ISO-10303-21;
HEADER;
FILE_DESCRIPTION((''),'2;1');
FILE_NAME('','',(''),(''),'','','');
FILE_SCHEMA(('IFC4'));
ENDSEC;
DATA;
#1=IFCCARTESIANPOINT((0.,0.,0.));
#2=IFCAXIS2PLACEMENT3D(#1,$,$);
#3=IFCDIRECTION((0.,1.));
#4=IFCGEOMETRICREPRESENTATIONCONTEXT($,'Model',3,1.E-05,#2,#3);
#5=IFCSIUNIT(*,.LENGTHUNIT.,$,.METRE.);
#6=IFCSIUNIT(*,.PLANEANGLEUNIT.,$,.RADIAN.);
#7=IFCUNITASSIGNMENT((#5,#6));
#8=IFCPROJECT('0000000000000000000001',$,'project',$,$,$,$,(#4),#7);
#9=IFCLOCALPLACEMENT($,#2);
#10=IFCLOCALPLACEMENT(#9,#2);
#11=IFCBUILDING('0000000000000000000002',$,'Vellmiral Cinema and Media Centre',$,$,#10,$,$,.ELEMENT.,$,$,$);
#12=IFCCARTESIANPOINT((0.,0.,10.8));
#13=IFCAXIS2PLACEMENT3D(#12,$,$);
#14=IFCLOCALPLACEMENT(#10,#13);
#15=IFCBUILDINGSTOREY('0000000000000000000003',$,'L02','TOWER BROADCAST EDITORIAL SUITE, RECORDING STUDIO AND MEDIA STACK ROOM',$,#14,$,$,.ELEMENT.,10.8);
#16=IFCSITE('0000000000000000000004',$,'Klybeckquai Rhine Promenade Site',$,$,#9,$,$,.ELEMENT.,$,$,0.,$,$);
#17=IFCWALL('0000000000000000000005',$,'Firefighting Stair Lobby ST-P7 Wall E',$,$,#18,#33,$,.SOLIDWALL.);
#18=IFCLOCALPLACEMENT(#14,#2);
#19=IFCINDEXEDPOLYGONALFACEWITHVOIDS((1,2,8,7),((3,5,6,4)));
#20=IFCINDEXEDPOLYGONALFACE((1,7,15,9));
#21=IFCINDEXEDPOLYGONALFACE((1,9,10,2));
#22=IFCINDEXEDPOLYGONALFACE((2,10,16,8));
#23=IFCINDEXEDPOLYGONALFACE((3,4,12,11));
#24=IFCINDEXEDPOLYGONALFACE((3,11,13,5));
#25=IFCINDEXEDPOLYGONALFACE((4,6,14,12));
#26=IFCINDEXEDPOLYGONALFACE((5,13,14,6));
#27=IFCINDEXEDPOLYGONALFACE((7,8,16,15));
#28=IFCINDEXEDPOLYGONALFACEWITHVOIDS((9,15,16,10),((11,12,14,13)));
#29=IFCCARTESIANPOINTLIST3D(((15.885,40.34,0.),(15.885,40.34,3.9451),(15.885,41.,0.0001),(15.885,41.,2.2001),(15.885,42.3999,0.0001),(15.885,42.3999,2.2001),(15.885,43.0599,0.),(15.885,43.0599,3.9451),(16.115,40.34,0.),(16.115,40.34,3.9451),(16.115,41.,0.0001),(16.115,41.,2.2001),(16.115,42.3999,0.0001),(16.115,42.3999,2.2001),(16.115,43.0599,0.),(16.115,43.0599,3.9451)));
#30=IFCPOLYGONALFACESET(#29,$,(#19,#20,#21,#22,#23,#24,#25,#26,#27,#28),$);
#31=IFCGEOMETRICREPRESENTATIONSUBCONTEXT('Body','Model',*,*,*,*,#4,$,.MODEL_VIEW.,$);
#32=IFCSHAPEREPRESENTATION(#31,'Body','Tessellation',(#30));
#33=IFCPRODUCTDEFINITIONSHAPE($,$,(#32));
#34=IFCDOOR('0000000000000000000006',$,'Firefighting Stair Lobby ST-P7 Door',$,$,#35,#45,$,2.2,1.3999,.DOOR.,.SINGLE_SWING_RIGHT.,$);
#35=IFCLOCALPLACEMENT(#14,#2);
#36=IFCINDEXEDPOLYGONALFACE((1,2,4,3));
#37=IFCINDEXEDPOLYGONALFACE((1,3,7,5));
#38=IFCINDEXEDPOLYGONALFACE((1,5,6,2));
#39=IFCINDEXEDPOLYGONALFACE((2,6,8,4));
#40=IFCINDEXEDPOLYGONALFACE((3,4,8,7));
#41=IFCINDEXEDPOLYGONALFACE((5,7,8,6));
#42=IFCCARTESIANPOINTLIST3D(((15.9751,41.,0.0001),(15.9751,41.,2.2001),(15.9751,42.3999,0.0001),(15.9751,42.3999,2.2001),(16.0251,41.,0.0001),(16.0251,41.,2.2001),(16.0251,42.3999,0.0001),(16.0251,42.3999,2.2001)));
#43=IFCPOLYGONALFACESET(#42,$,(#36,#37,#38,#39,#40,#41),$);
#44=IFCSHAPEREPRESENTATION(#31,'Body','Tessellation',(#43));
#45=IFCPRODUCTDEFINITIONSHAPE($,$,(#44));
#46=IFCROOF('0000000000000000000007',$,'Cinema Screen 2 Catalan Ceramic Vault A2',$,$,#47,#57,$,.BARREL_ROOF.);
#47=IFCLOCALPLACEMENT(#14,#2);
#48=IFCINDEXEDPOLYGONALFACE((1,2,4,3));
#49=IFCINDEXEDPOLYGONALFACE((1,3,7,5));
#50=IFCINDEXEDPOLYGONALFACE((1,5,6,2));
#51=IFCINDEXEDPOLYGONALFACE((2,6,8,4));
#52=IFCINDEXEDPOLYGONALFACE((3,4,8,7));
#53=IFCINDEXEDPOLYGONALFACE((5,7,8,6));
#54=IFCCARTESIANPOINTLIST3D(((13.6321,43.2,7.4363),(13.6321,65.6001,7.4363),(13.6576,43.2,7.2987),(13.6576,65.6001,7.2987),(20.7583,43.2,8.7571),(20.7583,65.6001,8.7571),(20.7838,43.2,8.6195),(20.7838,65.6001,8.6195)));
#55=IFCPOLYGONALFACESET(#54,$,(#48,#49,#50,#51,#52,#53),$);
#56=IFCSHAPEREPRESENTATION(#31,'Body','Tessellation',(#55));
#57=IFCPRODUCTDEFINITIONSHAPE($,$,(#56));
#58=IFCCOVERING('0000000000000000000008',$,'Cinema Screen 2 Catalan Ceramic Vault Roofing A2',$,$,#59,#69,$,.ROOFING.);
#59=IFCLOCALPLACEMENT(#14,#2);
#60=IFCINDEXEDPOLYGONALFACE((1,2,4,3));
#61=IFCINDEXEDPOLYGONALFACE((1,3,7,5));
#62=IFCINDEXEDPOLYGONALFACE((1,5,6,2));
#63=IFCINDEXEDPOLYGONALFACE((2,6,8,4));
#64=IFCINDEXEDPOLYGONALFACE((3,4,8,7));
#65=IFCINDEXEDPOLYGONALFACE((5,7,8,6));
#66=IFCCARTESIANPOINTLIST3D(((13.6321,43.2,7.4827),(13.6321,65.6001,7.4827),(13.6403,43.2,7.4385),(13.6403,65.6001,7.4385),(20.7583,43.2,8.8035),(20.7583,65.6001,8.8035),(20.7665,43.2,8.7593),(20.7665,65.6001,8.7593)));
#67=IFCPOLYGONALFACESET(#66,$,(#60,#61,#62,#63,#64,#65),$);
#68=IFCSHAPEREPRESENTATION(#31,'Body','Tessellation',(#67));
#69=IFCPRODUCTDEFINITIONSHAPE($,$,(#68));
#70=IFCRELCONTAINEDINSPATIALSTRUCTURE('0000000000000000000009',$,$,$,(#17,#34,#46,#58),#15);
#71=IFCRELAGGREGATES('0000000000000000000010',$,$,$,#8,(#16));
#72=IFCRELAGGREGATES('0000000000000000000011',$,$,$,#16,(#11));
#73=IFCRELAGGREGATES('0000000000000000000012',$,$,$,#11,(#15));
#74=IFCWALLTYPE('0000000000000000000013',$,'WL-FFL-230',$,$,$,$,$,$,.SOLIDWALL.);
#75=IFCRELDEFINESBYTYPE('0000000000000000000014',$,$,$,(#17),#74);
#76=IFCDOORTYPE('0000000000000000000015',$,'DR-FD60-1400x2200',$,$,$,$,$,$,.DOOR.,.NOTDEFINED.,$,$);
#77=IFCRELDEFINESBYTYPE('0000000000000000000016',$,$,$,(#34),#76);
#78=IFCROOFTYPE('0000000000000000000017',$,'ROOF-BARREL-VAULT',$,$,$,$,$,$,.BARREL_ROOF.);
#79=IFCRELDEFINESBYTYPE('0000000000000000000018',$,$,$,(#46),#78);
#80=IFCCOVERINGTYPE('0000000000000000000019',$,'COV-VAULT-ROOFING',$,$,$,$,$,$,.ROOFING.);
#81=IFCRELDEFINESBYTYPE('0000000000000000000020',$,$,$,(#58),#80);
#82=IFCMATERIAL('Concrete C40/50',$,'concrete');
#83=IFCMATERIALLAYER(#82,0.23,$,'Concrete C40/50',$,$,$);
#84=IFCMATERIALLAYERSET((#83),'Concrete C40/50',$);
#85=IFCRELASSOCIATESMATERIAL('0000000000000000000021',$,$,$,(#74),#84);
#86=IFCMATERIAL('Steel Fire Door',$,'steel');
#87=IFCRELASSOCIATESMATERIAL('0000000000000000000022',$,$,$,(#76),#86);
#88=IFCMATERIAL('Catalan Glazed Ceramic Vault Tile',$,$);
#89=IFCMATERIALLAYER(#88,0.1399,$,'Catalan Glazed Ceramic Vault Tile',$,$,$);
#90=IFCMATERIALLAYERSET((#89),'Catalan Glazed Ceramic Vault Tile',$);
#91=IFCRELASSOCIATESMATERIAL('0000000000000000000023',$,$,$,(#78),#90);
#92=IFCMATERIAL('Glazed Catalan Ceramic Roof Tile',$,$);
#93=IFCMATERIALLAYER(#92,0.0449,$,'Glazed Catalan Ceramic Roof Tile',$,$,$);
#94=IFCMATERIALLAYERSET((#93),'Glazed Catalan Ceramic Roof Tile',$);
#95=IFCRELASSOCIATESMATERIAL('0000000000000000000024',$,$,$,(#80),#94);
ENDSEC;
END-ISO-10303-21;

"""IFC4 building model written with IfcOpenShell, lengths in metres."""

from ifc_helpers import new_model, si_unit, direction, frame, frame_2d, origin, place, context, subcontext, project, spatial, polyline, rectangle, outline, extrude, material, layer, layer_set, type_object, element, fill, save


model = new_model("IFC4")

# Units and contexts
model_context = context("Model", 3, precision=1e-05, world=origin(), true_north=direction((0.0, 1.0)))
body_context = subcontext(model_context, "Body", "Model", "MODEL_VIEW")
ifc_project = project(units=[si_unit("LENGTHUNIT", "METRE"), si_unit("PLANEANGLEUNIT", "RADIAN")], contexts=[model_context])

# Site, building, storey
site_placement = place(None, origin())
site = spatial("IfcSite", under=ifc_project, at=site_placement, Name="Klybeckquai Rhine Promenade Site", CompositionType="ELEMENT", RefElevation=0.0)
building_placement = place(site_placement, origin())
building = spatial("IfcBuilding", under=site, at=building_placement, Name="Vellmiral Cinema and Media Centre", CompositionType="ELEMENT")
storey_placement = place(building_placement, frame((0.0, 0.0, 10.8)))
storey = spatial("IfcBuildingStorey", under=building, at=storey_placement, Name="L02", Description="TOWER BROADCAST EDITORIAL SUITE, RECORDING STUDIO AND MEDIA STACK ROOM", CompositionType="ELEMENT", Elevation=10.8)

# Wall, opening, door
ifc_material_1 = material(Name="Concrete C40/50", Category="concrete")
ifc_layer_1 = layer(ifc_material_1, 0.23, Name="Concrete C40/50")
ifc_layer_set_1 = layer_set([ifc_layer_1], Name="Concrete C40/50")
wall_type_1 = type_object("IfcWallType", Name="WL-FFL-230", PredefinedType="SOLIDWALL", material=ifc_layer_set_1)
wall_1_placement = place(storey_placement, frame((16.0, 40.3401, 0.0), z_axis=(0.0, 0.0, 1.0), x_axis=(0.0, 1.0, 0.0)))
wall_1 = element("IfcWall", 1, at=wall_1_placement, inside=storey, type_object=wall_type_1, Name="Firefighting Stair Lobby ST-P7 Wall E", PredefinedType="SOLIDWALL", context=body_context, shape_type="SweptSolid", body=[
    extrude(rectangle(XDim=2.72, YDim=0.23, at=frame_2d((1.3599, 0.0))), origin(), (0.0, 0.0, 1.0), 3.9451),
])
opening_placement = place(wall_1_placement, frame((0.6599, 0.0, 0.0)))
opening = element("IfcOpeningElement", 2, at=opening_placement, cuts=wall_1, PredefinedType="OPENING", context=body_context, shape_type="SweptSolid", body=[
    extrude(rectangle(XDim=1.3999, YDim=2.2, at=frame_2d((0.7, 1.1001))), frame((0.0, 0.127, 0.0), z_axis=(0.0, -1.0, 0.0), x_axis=(1.0, 0.0, 0.0)), (0.0, 0.0, 1.0), 0.2539),
])
ifc_material_2 = material(Name="Steel Fire Door", Category="steel")
door_type = type_object("IfcDoorType", Name="DR-FD60-1400x2200", OperationType="NOTDEFINED", PredefinedType="DOOR", material=ifc_material_2)
door_placement = place(opening_placement, origin())
door = element("IfcDoor", 3, at=door_placement, inside=storey, type_object=door_type, Name="Firefighting Stair Lobby ST-P7 Door", OperationType="SINGLE_SWING_RIGHT", OverallHeight=2.2, OverallWidth=1.3999, PredefinedType="DOOR", context=body_context, shape_type="SweptSolid", body=[
    extrude(rectangle(XDim=1.3999, YDim=2.2, at=frame_2d((0.7, 1.1001))), frame((0.0, 0.0249, 0.0), z_axis=(0.0, -1.0, 0.0), x_axis=(1.0, 0.0, 0.0)), (0.0, 0.0, 1.0), 0.05),
])
fill(opening, door)

# Roof
ifc_material_3 = material(Name="Catalan Glazed Ceramic Vault Tile")
ifc_layer_2 = layer(ifc_material_3, 0.1399, Name="Catalan Glazed Ceramic Vault Tile")
ifc_layer_set_2 = layer_set([ifc_layer_2], Name="Catalan Glazed Ceramic Vault Tile")
roof_type = type_object("IfcRoofType", Name="ROOF-BARREL-VAULT", PredefinedType="BARREL_ROOF", material=ifc_layer_set_2)
roof_placement = place(storey_placement, frame((13.6321, 43.2, 7.4363), z_axis=(-0.18224, 0.0, 0.983254), x_axis=(0.983254, 0.0, 0.18224)))
element("IfcRoof", 4, at=roof_placement, inside=storey, type_object=roof_type, Name="Cinema Screen 2 Catalan Ceramic Vault A2", PredefinedType="BARREL_ROOF", context=body_context, shape_type="SweptSolid", body=[
    extrude(outline(polyline([(0.0, 0.0), (7.2476, 0.0), (7.2476, 22.4001), (0.0, 22.4001), (0.0, 0.0)])), origin(), (0.0, 0.0, -1.0), 0.1399),
])

# Covering
ifc_material_4 = material(Name="Glazed Catalan Ceramic Roof Tile")
ifc_layer_3 = layer(ifc_material_4, 0.0449, Name="Glazed Catalan Ceramic Roof Tile")
ifc_layer_set_3 = layer_set([ifc_layer_3], Name="Glazed Catalan Ceramic Roof Tile")
covering_type = type_object("IfcCoveringType", Name="COV-VAULT-ROOFING", PredefinedType="ROOFING", material=ifc_layer_set_3)
covering_placement = place(storey_placement, frame((13.6321, 43.2, 7.4827), z_axis=(-0.18224, 0.0, 0.983254), x_axis=(0.983254, 0.0, 0.18224)))
element("IfcCovering", 5, at=covering_placement, inside=storey, type_object=covering_type, Name="Cinema Screen 2 Catalan Ceramic Vault Roofing A2", PredefinedType="ROOFING", context=body_context, shape_type="SweptSolid", body=[
    extrude(outline(polyline([(0.0, 0.0), (7.2476, 0.0), (7.2476, 22.4001), (0.0, 22.4001), (0.0, 0.0)])), origin(), (0.0, 0.0, -1.0), 0.0449),
])

save(model, "model.ifc")
